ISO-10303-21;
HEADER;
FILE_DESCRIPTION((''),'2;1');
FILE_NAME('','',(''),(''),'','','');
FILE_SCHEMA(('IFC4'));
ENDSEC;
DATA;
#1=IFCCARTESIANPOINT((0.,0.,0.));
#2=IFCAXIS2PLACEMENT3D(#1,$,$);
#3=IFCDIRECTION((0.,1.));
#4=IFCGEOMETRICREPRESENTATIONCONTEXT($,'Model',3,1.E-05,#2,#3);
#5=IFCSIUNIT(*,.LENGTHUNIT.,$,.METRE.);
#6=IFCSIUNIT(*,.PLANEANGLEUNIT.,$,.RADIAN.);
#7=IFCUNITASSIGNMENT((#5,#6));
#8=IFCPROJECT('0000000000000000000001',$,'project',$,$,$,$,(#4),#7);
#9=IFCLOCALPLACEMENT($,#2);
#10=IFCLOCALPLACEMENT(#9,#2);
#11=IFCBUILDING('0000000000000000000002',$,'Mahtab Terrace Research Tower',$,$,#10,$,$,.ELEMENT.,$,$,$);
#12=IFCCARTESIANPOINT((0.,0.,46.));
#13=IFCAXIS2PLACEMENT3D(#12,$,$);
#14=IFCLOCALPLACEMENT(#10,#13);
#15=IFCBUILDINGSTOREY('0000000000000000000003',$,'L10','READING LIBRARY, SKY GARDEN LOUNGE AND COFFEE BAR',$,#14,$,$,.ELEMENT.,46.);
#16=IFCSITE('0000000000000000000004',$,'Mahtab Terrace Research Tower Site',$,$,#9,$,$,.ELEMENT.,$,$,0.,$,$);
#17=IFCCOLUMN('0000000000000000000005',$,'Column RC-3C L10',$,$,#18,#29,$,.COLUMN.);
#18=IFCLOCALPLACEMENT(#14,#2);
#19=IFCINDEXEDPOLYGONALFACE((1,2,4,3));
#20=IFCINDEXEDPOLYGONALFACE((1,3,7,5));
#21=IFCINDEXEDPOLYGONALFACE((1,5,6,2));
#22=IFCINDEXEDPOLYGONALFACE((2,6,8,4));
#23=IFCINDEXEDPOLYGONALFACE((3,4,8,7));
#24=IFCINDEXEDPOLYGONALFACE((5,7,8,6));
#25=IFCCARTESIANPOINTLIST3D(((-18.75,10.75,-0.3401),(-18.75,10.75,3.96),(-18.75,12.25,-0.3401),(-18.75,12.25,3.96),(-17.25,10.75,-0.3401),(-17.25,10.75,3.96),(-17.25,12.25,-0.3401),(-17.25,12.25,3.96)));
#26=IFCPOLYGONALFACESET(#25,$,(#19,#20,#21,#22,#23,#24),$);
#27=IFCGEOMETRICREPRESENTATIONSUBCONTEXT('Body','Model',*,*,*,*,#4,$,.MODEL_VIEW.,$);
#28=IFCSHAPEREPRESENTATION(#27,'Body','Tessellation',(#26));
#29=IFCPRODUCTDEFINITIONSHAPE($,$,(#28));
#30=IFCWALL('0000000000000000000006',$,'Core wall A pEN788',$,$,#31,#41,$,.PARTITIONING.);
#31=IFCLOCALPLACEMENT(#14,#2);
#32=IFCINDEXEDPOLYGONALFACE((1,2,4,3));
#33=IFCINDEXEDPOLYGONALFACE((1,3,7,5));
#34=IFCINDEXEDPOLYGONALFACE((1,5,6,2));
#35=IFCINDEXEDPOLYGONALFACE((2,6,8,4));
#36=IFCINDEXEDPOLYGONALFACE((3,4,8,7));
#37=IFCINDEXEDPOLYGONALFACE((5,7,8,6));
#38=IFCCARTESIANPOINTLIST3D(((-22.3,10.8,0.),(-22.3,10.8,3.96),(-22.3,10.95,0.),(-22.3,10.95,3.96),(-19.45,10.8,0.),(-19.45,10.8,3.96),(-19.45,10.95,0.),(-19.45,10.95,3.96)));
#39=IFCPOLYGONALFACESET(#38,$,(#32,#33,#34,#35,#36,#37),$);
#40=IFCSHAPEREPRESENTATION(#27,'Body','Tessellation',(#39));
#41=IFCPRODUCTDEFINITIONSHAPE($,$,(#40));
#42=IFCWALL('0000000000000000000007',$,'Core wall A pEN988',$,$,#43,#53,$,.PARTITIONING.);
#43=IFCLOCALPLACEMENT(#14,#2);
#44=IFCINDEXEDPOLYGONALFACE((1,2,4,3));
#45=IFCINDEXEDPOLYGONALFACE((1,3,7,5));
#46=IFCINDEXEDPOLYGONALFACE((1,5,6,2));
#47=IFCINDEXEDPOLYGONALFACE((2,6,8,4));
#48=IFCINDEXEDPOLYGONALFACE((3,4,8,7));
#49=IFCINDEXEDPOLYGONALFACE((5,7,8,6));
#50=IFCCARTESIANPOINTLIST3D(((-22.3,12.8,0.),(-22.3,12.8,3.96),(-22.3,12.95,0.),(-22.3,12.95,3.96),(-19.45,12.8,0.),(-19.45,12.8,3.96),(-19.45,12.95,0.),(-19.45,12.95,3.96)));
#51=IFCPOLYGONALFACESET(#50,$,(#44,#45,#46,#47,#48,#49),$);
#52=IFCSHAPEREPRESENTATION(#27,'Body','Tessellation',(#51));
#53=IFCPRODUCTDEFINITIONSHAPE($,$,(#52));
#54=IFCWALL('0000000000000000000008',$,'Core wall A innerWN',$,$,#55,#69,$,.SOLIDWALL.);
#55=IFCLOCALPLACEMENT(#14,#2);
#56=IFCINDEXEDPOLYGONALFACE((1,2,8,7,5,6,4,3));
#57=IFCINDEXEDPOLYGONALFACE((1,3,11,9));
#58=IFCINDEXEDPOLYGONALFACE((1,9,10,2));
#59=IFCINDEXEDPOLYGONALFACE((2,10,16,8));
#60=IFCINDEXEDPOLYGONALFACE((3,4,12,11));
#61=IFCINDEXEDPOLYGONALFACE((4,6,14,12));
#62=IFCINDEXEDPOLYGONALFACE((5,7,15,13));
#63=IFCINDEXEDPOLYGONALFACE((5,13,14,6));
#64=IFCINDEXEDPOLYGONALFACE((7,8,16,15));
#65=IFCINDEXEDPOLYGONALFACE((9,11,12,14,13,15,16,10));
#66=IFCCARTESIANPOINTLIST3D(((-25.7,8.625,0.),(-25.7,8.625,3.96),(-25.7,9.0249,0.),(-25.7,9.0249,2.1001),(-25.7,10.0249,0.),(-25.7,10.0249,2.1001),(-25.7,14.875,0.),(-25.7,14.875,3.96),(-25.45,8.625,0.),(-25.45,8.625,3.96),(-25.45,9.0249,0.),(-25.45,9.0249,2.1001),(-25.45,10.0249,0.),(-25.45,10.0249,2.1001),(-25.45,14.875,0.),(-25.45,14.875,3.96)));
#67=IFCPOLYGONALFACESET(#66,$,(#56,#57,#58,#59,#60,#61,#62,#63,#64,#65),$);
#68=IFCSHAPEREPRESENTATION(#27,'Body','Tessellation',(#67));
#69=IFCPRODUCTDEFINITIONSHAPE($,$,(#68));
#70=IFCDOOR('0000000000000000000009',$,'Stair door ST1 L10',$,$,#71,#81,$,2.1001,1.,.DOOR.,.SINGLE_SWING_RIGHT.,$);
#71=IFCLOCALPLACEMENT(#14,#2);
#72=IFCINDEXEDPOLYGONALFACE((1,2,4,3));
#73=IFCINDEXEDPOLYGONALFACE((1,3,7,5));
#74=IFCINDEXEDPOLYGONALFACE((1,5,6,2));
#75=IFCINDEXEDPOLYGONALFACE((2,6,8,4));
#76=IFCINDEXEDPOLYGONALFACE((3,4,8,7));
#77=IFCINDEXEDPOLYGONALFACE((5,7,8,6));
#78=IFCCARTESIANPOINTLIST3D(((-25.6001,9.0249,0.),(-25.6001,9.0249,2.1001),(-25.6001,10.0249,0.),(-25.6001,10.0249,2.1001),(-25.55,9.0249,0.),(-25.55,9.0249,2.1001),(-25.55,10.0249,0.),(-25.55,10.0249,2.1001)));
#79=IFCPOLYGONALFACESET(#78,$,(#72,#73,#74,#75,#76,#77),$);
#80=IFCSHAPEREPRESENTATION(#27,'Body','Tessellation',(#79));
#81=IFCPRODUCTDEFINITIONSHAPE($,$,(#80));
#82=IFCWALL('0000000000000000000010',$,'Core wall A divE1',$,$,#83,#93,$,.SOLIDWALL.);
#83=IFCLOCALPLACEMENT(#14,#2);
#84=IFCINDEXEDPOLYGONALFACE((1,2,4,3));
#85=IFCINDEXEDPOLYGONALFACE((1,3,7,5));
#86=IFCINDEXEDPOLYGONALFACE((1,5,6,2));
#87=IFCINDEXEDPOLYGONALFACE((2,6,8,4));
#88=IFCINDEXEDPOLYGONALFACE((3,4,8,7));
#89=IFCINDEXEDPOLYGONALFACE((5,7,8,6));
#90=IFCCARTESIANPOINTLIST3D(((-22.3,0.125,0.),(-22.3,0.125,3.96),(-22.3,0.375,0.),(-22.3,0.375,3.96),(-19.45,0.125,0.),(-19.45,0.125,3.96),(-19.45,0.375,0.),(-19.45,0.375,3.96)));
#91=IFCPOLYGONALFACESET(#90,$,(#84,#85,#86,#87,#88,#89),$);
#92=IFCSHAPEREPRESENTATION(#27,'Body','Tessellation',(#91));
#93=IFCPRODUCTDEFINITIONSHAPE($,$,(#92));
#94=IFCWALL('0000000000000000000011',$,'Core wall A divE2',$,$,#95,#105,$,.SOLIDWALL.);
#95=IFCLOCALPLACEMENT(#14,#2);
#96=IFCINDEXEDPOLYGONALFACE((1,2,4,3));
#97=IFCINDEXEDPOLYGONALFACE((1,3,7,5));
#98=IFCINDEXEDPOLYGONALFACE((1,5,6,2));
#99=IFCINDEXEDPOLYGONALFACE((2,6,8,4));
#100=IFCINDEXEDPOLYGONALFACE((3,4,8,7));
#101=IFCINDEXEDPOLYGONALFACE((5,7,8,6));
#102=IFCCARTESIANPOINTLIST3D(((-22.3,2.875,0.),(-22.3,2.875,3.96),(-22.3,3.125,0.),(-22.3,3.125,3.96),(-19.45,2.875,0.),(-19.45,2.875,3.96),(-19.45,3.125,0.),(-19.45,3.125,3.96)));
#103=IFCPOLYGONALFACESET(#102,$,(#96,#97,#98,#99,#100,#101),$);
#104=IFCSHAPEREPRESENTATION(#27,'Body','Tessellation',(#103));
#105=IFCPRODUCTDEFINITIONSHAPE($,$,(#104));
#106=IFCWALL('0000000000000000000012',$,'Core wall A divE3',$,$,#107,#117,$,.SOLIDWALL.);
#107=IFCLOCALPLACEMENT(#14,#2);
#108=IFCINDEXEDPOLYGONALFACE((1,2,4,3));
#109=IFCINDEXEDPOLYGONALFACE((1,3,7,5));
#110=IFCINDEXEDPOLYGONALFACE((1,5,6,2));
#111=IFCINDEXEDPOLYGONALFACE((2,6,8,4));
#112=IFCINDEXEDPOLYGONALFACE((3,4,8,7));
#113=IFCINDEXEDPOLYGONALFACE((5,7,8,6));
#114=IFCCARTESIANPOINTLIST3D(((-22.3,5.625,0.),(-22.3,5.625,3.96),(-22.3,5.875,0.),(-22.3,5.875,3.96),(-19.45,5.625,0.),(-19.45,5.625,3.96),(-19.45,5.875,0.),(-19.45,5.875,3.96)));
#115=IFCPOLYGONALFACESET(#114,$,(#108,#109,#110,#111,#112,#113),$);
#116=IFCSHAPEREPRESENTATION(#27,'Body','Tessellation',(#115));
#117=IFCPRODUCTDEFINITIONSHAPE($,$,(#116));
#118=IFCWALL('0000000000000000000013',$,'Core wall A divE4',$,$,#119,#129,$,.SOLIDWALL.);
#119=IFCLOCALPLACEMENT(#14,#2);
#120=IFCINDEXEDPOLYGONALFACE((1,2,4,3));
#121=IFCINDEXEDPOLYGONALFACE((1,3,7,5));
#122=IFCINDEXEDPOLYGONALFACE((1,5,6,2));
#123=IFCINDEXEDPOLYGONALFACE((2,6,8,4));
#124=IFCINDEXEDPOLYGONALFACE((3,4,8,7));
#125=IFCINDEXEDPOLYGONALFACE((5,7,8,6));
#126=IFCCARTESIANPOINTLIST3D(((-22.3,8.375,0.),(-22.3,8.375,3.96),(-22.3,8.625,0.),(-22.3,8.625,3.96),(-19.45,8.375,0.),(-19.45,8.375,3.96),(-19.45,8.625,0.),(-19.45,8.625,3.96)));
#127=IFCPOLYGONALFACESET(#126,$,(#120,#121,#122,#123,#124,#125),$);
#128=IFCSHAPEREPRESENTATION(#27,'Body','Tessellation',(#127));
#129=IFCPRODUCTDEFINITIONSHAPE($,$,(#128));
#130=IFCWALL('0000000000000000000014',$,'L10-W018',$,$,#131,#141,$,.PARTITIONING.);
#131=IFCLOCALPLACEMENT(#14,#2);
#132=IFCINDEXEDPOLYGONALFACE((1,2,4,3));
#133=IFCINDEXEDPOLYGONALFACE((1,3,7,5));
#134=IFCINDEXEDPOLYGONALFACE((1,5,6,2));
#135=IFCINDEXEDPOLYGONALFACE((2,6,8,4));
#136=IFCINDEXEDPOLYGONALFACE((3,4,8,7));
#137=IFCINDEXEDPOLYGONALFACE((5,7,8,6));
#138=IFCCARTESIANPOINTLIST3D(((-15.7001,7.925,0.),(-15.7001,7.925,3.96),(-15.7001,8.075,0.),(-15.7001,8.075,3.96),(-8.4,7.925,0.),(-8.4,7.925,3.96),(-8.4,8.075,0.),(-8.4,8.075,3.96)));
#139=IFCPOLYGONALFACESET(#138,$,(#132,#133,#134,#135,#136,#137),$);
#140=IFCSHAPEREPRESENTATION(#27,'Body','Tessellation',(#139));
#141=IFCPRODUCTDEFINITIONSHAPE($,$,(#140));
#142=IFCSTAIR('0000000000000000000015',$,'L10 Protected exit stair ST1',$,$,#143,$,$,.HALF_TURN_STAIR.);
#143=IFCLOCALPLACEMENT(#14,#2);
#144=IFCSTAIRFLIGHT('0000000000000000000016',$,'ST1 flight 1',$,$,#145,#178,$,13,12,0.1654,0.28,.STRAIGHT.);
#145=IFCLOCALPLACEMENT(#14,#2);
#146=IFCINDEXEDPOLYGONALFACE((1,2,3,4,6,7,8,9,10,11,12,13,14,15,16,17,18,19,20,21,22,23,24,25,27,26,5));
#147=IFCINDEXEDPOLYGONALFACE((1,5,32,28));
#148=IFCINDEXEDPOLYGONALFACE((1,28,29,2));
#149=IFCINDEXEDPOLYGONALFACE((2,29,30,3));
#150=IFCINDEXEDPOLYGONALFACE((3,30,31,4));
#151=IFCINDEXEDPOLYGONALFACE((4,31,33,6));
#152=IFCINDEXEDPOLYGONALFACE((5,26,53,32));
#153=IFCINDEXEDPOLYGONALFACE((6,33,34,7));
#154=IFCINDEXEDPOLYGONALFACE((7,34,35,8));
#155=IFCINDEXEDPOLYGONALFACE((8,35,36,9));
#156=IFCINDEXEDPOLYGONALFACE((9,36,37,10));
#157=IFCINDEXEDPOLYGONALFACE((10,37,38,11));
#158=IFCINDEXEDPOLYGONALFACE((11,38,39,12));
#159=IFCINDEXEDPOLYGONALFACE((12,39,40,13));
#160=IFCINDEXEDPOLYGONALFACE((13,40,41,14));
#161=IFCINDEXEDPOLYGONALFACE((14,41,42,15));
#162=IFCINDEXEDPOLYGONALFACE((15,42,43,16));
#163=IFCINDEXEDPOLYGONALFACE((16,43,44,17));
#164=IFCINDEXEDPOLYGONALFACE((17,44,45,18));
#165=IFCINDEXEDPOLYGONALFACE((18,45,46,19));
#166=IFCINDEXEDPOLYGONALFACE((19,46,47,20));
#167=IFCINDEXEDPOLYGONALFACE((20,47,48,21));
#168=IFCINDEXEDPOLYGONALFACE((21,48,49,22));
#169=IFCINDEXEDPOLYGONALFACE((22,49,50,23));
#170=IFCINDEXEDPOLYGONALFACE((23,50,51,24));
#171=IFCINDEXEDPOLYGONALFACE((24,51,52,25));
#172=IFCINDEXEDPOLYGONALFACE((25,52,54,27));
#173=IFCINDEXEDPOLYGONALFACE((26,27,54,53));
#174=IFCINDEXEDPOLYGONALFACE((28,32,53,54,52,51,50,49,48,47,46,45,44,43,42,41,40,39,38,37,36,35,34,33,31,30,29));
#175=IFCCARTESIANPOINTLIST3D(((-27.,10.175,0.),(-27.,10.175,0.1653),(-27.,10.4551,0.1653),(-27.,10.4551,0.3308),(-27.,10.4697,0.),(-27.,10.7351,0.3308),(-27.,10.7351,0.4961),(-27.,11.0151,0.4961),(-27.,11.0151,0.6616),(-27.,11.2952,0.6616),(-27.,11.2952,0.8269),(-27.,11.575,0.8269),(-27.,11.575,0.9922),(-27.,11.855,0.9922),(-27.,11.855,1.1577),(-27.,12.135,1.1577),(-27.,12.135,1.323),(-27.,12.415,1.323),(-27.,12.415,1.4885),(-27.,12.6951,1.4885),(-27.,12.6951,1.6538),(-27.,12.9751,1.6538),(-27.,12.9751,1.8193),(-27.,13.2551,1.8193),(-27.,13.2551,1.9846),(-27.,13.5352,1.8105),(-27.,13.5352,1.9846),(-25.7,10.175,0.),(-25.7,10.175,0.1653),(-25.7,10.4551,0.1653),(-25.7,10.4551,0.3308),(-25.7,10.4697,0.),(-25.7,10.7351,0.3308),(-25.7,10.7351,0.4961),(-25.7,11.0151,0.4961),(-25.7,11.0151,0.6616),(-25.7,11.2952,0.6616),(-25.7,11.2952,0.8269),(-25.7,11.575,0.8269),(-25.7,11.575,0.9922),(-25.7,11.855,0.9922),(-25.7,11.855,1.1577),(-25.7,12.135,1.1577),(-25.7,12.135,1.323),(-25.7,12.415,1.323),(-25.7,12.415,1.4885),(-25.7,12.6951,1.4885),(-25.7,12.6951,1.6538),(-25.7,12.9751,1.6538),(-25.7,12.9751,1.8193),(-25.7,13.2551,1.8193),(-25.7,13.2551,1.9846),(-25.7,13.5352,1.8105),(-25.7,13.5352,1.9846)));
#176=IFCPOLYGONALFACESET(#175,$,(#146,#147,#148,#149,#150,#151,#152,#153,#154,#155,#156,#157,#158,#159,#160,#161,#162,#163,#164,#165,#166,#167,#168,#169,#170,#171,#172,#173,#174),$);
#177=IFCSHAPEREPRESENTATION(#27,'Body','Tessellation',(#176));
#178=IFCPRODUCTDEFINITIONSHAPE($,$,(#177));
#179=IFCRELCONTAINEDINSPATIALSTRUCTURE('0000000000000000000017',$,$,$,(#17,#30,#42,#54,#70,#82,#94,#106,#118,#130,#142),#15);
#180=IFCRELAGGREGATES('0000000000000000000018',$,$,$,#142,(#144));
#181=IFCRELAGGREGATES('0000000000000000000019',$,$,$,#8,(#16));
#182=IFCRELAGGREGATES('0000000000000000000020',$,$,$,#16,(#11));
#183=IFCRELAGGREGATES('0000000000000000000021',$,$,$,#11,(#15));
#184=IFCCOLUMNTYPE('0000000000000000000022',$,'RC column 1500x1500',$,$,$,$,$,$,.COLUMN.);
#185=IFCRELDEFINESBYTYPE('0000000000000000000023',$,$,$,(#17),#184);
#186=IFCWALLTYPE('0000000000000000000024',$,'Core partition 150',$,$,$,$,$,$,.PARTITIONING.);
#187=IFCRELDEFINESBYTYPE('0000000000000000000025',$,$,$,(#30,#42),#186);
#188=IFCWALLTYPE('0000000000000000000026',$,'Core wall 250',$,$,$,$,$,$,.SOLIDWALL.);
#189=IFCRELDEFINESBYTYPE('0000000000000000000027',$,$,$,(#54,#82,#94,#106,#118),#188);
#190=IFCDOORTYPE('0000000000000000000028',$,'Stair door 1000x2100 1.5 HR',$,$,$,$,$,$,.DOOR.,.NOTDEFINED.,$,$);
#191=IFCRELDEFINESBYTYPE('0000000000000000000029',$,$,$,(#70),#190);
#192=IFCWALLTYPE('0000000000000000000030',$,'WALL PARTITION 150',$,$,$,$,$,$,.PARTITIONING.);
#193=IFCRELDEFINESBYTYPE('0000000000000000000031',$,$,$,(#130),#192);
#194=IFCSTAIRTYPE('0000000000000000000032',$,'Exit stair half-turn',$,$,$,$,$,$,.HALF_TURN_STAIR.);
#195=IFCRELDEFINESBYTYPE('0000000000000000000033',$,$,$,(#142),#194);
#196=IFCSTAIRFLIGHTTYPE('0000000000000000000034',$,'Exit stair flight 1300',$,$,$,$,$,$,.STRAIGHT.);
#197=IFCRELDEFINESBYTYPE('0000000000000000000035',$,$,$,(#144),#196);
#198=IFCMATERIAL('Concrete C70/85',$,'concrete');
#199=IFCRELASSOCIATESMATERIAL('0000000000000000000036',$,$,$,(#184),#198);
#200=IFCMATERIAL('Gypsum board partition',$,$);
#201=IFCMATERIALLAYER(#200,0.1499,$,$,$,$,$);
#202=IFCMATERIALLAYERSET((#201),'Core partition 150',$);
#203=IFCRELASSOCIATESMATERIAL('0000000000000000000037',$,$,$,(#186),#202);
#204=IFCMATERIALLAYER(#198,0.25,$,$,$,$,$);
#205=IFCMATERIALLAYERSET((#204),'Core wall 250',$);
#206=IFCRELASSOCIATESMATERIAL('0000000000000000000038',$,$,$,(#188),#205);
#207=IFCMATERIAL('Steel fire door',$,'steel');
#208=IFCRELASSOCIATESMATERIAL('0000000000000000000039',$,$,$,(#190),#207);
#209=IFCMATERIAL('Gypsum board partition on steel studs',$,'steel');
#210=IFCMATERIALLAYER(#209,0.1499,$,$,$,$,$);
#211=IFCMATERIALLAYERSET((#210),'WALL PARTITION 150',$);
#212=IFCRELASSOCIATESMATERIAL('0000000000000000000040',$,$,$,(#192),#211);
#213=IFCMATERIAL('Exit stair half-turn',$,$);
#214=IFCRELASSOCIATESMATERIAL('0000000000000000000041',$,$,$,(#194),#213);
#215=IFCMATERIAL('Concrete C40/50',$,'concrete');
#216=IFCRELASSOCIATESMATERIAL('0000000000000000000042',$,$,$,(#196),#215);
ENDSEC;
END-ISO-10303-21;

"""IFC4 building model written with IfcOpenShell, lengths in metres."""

from ifc_helpers import new_model, si_unit, direction, frame, frame_2d, origin, origin_2d, place, context, subcontext, project, spatial, polyline, rectangle, outline, extrude, material, layer, layer_set, material_profile, profile_set, type_object, element, fill, aggregate, save


model = new_model("IFC4")

# Units and contexts
model_context = context("Model", 3, precision=1e-05, world=origin(), true_north=direction((0.0, 1.0)))
body_context = subcontext(model_context, "Body", "Model", "MODEL_VIEW")
ifc_project = project(units=[si_unit("LENGTHUNIT", "METRE"), si_unit("PLANEANGLEUNIT", "RADIAN")], contexts=[model_context])

# Site, building, storey
site_placement = place(None, origin())
site = spatial("IfcSite", under=ifc_project, at=site_placement, Name="Mahtab Terrace Research Tower Site", CompositionType="ELEMENT", RefElevation=0.0)
building_placement = place(site_placement, origin())
building = spatial("IfcBuilding", under=site, at=building_placement, Name="Mahtab Terrace Research Tower", CompositionType="ELEMENT")
storey_placement = place(building_placement, frame((0.0, 0.0, 46.0)))
storey = spatial("IfcBuildingStorey", under=building, at=storey_placement, Name="L10", Description="READING LIBRARY, SKY GARDEN LOUNGE AND COFFEE BAR", CompositionType="ELEMENT", Elevation=46.0)

# Column
ifc_material_1 = material(Name="Concrete C70/85", Category="concrete")
ifc_material_profile = material_profile(ifc_material_1, rectangle(XDim=1.5, YDim=1.5, at=origin_2d()), Name="RC column 1500x1500")
ifc_profile_set = profile_set([ifc_material_profile], Name="Concrete C70/85")
column_type = type_object("IfcColumnType", Name="RC column 1500x1500", PredefinedType="COLUMN", material=ifc_profile_set)
column_placement = place(storey_placement, frame((-18.0, 11.5, -0.3401), z_axis=(0.0, 0.0, 1.0), x_axis=(1.0, 0.0, 0.0)))
element("IfcColumn", 1, at=column_placement, inside=storey, type_object=column_type, Name="Column RC-3C L10", PredefinedType="COLUMN", context=body_context, shape_type="SweptSolid", body=[
    extrude(rectangle(XDim=1.5, YDim=1.5, at=origin_2d()), origin(), (0.0, 0.0, 1.0), 4.3),
])

# Walls
ifc_material_2 = material(Name="Gypsum board partition")
ifc_layer_1 = layer(ifc_material_2, 0.1499)
ifc_layer_set_1 = layer_set([ifc_layer_1], Name="Core partition 150")
wall_type_1 = type_object("IfcWallType", Name="Core partition 150", PredefinedType="PARTITIONING", material=ifc_layer_set_1)
for number, where, z_axis, x_axis, name in (
    (2, (-22.3, 10.875, 0.0), (0.0, 0.0, 1.0), (1.0, 0.0, 0.0), "Core wall A pEN788"),
    (3, (-22.3, 12.875, 0.0), (0.0, 0.0, 1.0), (1.0, 0.0, 0.0), "Core wall A pEN988"),
):
    element("IfcWall", number, at=place(storey_placement, frame(where, z_axis=z_axis, x_axis=x_axis)), inside=storey, type_object=wall_type_1, Name=name, PredefinedType="PARTITIONING", context=body_context, shape_type="SweptSolid", body=[
        extrude(rectangle(XDim=2.8501, YDim=0.1499, at=frame_2d((1.425, 0.0))), origin(), (0.0, 0.0, 1.0), 3.96),
    ])

# Wall, opening, door
ifc_layer_2 = layer(ifc_material_1, 0.25)
ifc_layer_set_2 = layer_set([ifc_layer_2], Name="Core wall 250")
wall_type_2 = type_object("IfcWallType", Name="Core wall 250", PredefinedType="SOLIDWALL", material=ifc_layer_set_2)
wall_1_placement = place(storey_placement, frame((-25.575, 14.875, 0.0), z_axis=(0.0, 0.0, 1.0), x_axis=(0.0, -1.0, 0.0)))
wall_1 = element("IfcWall", 4, at=wall_1_placement, inside=storey, type_object=wall_type_2, Name="Core wall A innerWN", PredefinedType="SOLIDWALL", context=body_context, shape_type="SweptSolid", body=[
    extrude(rectangle(XDim=6.25, YDim=0.25, at=frame_2d((3.125, 0.0))), origin(), (0.0, 0.0, 1.0), 3.96),
])
opening_placement = place(wall_1_placement, frame((4.8501, 0.0, 0.0)))
opening = element("IfcOpeningElement", 5, at=opening_placement, cuts=wall_1, PredefinedType="OPENING", context=body_context, shape_type="SweptSolid", body=[
    extrude(rectangle(XDim=1.0, YDim=2.1001, at=frame_2d((0.5, 1.05))), frame((0.0, 0.135, 0.0), z_axis=(0.0, -1.0, 0.0), x_axis=(1.0, 0.0, 0.0)), (0.0, 0.0, 1.0), 0.27),
])
ifc_material_3 = material(Name="Steel fire door", Category="steel")
door_type = type_object("IfcDoorType", Name="Stair door 1000x2100 1.5 HR", OperationType="NOTDEFINED", PredefinedType="DOOR", material=ifc_material_3)
door_placement = place(opening_placement, origin())
door = element("IfcDoor", 6, at=door_placement, inside=storey, type_object=door_type, Name="Stair door ST1 L10", OperationType="SINGLE_SWING_RIGHT", OverallHeight=2.1001, OverallWidth=1.0, PredefinedType="DOOR", context=body_context, shape_type="SweptSolid", body=[
    extrude(rectangle(XDim=1.0, YDim=2.1001, at=frame_2d((0.5, 1.05))), frame((0.0, 0.0249, 0.0), z_axis=(0.0, -1.0, 0.0), x_axis=(1.0, 0.0, 0.0)), (0.0, 0.0, 1.0), 0.05),
])
fill(opening, door)

# Walls
for number, where, z_axis, x_axis, name in (
    (7, (-22.3, 0.25, 0.0), (0.0, 0.0, 1.0), (1.0, 0.0, 0.0), "Core wall A divE1"),
    (8, (-22.3, 3.0, 0.0), (0.0, 0.0, 1.0), (1.0, 0.0, 0.0), "Core wall A divE2"),
    (9, (-22.3, 5.75, 0.0), (0.0, 0.0, 1.0), (1.0, 0.0, 0.0), "Core wall A divE3"),
    (10, (-22.3, 8.5, 0.0), (0.0, 0.0, 1.0), (1.0, 0.0, 0.0), "Core wall A divE4"),
):
    element("IfcWall", number, at=place(storey_placement, frame(where, z_axis=z_axis, x_axis=x_axis)), inside=storey, type_object=wall_type_2, Name=name, PredefinedType="SOLIDWALL", context=body_context, shape_type="SweptSolid", body=[
        extrude(rectangle(XDim=2.8501, YDim=0.25, at=frame_2d((1.425, 0.0))), origin(), (0.0, 0.0, 1.0), 3.96),
    ])
ifc_material_4 = material(Name="Gypsum board partition on steel studs", Category="steel")
ifc_layer_3 = layer(ifc_material_4, 0.1499)
ifc_layer_set_3 = layer_set([ifc_layer_3], Name="WALL PARTITION 150")
wall_type_3 = type_object("IfcWallType", Name="WALL PARTITION 150", PredefinedType="PARTITIONING", material=ifc_layer_set_3)
wall_2_placement = place(storey_placement, frame((-15.7, 8.0, 0.0), z_axis=(0.0, 0.0, 1.0), x_axis=(1.0, 0.0, 0.0)))
element("IfcWall", 11, at=wall_2_placement, inside=storey, type_object=wall_type_3, Name="L10-W018", PredefinedType="PARTITIONING", context=body_context, shape_type="SweptSolid", body=[
    extrude(rectangle(XDim=7.3, YDim=0.1499, at=frame_2d((3.6499, 0.0))), origin(), (0.0, 0.0, 1.0), 3.96),
])

# Stair, stair flight
ifc_material_5 = material(Name="Exit stair half-turn")
stair_type = type_object("IfcStairType", Name="Exit stair half-turn", PredefinedType="HALF_TURN_STAIR", material=ifc_material_5)
stair_placement = place(storey_placement, origin())
stair = element("IfcStair", 12, at=stair_placement, inside=storey, type_object=stair_type, Name="L10 Protected exit stair ST1", PredefinedType="HALF_TURN_STAIR")
ifc_material_6 = material(Name="Concrete C40/50", Category="concrete")
stair_flight_type = type_object("IfcStairFlightType", Name="Exit stair flight 1300", PredefinedType="STRAIGHT", material=ifc_material_6)
stair_flight_1_placement = place(storey_placement, frame((-26.3501, 10.175, 0.0), z_axis=(0.0, 0.0, 1.0), x_axis=(0.0, 1.0, 0.0)))
stair_flight_1 = element("IfcStairFlight", 13, at=stair_flight_1_placement, type_object=stair_flight_type, Name="ST1 flight 1", NumberOfRisers=13, NumberOfTreads=12, PredefinedType="STRAIGHT", RiserHeight=0.1654, TreadLength=0.28, context=body_context, shape_type="SweptSolid", body=[
    extrude(outline(polyline([(0.0, 0.0), (0.0, 0.1653), (0.28, 0.1653), (0.28, 0.3308), (0.5601, 0.3308), (0.5601, 0.4961), (0.8401, 0.4961), (0.8401, 0.6616), (1.1201, 0.6616), (1.1201, 0.8269), (1.3999, 0.8269), (1.3999, 0.9922), (1.6799, 0.9922), (1.6799, 1.1577), (1.96, 1.1577), (1.96, 1.323), (2.24, 1.323), (2.24, 1.4885), (2.52, 1.4885), (2.52, 1.6538), (2.8, 1.6538), (2.8, 1.8193), (3.0801, 1.8193), (3.0801, 1.9846), (3.3601, 1.9846), (3.3601, 2.1499), (3.3601, 1.8105), (0.2947, 0.0), (0.0, 0.0)])), frame((0.0, 0.6499, 0.0), z_axis=(0.0, -1.0, 0.0), x_axis=(1.0, 0.0, 0.0)), (0.0, 0.0, 1.0), 1.3),
])
aggregate(stair, [stair_flight_1])

save(model, "model.ifc")
